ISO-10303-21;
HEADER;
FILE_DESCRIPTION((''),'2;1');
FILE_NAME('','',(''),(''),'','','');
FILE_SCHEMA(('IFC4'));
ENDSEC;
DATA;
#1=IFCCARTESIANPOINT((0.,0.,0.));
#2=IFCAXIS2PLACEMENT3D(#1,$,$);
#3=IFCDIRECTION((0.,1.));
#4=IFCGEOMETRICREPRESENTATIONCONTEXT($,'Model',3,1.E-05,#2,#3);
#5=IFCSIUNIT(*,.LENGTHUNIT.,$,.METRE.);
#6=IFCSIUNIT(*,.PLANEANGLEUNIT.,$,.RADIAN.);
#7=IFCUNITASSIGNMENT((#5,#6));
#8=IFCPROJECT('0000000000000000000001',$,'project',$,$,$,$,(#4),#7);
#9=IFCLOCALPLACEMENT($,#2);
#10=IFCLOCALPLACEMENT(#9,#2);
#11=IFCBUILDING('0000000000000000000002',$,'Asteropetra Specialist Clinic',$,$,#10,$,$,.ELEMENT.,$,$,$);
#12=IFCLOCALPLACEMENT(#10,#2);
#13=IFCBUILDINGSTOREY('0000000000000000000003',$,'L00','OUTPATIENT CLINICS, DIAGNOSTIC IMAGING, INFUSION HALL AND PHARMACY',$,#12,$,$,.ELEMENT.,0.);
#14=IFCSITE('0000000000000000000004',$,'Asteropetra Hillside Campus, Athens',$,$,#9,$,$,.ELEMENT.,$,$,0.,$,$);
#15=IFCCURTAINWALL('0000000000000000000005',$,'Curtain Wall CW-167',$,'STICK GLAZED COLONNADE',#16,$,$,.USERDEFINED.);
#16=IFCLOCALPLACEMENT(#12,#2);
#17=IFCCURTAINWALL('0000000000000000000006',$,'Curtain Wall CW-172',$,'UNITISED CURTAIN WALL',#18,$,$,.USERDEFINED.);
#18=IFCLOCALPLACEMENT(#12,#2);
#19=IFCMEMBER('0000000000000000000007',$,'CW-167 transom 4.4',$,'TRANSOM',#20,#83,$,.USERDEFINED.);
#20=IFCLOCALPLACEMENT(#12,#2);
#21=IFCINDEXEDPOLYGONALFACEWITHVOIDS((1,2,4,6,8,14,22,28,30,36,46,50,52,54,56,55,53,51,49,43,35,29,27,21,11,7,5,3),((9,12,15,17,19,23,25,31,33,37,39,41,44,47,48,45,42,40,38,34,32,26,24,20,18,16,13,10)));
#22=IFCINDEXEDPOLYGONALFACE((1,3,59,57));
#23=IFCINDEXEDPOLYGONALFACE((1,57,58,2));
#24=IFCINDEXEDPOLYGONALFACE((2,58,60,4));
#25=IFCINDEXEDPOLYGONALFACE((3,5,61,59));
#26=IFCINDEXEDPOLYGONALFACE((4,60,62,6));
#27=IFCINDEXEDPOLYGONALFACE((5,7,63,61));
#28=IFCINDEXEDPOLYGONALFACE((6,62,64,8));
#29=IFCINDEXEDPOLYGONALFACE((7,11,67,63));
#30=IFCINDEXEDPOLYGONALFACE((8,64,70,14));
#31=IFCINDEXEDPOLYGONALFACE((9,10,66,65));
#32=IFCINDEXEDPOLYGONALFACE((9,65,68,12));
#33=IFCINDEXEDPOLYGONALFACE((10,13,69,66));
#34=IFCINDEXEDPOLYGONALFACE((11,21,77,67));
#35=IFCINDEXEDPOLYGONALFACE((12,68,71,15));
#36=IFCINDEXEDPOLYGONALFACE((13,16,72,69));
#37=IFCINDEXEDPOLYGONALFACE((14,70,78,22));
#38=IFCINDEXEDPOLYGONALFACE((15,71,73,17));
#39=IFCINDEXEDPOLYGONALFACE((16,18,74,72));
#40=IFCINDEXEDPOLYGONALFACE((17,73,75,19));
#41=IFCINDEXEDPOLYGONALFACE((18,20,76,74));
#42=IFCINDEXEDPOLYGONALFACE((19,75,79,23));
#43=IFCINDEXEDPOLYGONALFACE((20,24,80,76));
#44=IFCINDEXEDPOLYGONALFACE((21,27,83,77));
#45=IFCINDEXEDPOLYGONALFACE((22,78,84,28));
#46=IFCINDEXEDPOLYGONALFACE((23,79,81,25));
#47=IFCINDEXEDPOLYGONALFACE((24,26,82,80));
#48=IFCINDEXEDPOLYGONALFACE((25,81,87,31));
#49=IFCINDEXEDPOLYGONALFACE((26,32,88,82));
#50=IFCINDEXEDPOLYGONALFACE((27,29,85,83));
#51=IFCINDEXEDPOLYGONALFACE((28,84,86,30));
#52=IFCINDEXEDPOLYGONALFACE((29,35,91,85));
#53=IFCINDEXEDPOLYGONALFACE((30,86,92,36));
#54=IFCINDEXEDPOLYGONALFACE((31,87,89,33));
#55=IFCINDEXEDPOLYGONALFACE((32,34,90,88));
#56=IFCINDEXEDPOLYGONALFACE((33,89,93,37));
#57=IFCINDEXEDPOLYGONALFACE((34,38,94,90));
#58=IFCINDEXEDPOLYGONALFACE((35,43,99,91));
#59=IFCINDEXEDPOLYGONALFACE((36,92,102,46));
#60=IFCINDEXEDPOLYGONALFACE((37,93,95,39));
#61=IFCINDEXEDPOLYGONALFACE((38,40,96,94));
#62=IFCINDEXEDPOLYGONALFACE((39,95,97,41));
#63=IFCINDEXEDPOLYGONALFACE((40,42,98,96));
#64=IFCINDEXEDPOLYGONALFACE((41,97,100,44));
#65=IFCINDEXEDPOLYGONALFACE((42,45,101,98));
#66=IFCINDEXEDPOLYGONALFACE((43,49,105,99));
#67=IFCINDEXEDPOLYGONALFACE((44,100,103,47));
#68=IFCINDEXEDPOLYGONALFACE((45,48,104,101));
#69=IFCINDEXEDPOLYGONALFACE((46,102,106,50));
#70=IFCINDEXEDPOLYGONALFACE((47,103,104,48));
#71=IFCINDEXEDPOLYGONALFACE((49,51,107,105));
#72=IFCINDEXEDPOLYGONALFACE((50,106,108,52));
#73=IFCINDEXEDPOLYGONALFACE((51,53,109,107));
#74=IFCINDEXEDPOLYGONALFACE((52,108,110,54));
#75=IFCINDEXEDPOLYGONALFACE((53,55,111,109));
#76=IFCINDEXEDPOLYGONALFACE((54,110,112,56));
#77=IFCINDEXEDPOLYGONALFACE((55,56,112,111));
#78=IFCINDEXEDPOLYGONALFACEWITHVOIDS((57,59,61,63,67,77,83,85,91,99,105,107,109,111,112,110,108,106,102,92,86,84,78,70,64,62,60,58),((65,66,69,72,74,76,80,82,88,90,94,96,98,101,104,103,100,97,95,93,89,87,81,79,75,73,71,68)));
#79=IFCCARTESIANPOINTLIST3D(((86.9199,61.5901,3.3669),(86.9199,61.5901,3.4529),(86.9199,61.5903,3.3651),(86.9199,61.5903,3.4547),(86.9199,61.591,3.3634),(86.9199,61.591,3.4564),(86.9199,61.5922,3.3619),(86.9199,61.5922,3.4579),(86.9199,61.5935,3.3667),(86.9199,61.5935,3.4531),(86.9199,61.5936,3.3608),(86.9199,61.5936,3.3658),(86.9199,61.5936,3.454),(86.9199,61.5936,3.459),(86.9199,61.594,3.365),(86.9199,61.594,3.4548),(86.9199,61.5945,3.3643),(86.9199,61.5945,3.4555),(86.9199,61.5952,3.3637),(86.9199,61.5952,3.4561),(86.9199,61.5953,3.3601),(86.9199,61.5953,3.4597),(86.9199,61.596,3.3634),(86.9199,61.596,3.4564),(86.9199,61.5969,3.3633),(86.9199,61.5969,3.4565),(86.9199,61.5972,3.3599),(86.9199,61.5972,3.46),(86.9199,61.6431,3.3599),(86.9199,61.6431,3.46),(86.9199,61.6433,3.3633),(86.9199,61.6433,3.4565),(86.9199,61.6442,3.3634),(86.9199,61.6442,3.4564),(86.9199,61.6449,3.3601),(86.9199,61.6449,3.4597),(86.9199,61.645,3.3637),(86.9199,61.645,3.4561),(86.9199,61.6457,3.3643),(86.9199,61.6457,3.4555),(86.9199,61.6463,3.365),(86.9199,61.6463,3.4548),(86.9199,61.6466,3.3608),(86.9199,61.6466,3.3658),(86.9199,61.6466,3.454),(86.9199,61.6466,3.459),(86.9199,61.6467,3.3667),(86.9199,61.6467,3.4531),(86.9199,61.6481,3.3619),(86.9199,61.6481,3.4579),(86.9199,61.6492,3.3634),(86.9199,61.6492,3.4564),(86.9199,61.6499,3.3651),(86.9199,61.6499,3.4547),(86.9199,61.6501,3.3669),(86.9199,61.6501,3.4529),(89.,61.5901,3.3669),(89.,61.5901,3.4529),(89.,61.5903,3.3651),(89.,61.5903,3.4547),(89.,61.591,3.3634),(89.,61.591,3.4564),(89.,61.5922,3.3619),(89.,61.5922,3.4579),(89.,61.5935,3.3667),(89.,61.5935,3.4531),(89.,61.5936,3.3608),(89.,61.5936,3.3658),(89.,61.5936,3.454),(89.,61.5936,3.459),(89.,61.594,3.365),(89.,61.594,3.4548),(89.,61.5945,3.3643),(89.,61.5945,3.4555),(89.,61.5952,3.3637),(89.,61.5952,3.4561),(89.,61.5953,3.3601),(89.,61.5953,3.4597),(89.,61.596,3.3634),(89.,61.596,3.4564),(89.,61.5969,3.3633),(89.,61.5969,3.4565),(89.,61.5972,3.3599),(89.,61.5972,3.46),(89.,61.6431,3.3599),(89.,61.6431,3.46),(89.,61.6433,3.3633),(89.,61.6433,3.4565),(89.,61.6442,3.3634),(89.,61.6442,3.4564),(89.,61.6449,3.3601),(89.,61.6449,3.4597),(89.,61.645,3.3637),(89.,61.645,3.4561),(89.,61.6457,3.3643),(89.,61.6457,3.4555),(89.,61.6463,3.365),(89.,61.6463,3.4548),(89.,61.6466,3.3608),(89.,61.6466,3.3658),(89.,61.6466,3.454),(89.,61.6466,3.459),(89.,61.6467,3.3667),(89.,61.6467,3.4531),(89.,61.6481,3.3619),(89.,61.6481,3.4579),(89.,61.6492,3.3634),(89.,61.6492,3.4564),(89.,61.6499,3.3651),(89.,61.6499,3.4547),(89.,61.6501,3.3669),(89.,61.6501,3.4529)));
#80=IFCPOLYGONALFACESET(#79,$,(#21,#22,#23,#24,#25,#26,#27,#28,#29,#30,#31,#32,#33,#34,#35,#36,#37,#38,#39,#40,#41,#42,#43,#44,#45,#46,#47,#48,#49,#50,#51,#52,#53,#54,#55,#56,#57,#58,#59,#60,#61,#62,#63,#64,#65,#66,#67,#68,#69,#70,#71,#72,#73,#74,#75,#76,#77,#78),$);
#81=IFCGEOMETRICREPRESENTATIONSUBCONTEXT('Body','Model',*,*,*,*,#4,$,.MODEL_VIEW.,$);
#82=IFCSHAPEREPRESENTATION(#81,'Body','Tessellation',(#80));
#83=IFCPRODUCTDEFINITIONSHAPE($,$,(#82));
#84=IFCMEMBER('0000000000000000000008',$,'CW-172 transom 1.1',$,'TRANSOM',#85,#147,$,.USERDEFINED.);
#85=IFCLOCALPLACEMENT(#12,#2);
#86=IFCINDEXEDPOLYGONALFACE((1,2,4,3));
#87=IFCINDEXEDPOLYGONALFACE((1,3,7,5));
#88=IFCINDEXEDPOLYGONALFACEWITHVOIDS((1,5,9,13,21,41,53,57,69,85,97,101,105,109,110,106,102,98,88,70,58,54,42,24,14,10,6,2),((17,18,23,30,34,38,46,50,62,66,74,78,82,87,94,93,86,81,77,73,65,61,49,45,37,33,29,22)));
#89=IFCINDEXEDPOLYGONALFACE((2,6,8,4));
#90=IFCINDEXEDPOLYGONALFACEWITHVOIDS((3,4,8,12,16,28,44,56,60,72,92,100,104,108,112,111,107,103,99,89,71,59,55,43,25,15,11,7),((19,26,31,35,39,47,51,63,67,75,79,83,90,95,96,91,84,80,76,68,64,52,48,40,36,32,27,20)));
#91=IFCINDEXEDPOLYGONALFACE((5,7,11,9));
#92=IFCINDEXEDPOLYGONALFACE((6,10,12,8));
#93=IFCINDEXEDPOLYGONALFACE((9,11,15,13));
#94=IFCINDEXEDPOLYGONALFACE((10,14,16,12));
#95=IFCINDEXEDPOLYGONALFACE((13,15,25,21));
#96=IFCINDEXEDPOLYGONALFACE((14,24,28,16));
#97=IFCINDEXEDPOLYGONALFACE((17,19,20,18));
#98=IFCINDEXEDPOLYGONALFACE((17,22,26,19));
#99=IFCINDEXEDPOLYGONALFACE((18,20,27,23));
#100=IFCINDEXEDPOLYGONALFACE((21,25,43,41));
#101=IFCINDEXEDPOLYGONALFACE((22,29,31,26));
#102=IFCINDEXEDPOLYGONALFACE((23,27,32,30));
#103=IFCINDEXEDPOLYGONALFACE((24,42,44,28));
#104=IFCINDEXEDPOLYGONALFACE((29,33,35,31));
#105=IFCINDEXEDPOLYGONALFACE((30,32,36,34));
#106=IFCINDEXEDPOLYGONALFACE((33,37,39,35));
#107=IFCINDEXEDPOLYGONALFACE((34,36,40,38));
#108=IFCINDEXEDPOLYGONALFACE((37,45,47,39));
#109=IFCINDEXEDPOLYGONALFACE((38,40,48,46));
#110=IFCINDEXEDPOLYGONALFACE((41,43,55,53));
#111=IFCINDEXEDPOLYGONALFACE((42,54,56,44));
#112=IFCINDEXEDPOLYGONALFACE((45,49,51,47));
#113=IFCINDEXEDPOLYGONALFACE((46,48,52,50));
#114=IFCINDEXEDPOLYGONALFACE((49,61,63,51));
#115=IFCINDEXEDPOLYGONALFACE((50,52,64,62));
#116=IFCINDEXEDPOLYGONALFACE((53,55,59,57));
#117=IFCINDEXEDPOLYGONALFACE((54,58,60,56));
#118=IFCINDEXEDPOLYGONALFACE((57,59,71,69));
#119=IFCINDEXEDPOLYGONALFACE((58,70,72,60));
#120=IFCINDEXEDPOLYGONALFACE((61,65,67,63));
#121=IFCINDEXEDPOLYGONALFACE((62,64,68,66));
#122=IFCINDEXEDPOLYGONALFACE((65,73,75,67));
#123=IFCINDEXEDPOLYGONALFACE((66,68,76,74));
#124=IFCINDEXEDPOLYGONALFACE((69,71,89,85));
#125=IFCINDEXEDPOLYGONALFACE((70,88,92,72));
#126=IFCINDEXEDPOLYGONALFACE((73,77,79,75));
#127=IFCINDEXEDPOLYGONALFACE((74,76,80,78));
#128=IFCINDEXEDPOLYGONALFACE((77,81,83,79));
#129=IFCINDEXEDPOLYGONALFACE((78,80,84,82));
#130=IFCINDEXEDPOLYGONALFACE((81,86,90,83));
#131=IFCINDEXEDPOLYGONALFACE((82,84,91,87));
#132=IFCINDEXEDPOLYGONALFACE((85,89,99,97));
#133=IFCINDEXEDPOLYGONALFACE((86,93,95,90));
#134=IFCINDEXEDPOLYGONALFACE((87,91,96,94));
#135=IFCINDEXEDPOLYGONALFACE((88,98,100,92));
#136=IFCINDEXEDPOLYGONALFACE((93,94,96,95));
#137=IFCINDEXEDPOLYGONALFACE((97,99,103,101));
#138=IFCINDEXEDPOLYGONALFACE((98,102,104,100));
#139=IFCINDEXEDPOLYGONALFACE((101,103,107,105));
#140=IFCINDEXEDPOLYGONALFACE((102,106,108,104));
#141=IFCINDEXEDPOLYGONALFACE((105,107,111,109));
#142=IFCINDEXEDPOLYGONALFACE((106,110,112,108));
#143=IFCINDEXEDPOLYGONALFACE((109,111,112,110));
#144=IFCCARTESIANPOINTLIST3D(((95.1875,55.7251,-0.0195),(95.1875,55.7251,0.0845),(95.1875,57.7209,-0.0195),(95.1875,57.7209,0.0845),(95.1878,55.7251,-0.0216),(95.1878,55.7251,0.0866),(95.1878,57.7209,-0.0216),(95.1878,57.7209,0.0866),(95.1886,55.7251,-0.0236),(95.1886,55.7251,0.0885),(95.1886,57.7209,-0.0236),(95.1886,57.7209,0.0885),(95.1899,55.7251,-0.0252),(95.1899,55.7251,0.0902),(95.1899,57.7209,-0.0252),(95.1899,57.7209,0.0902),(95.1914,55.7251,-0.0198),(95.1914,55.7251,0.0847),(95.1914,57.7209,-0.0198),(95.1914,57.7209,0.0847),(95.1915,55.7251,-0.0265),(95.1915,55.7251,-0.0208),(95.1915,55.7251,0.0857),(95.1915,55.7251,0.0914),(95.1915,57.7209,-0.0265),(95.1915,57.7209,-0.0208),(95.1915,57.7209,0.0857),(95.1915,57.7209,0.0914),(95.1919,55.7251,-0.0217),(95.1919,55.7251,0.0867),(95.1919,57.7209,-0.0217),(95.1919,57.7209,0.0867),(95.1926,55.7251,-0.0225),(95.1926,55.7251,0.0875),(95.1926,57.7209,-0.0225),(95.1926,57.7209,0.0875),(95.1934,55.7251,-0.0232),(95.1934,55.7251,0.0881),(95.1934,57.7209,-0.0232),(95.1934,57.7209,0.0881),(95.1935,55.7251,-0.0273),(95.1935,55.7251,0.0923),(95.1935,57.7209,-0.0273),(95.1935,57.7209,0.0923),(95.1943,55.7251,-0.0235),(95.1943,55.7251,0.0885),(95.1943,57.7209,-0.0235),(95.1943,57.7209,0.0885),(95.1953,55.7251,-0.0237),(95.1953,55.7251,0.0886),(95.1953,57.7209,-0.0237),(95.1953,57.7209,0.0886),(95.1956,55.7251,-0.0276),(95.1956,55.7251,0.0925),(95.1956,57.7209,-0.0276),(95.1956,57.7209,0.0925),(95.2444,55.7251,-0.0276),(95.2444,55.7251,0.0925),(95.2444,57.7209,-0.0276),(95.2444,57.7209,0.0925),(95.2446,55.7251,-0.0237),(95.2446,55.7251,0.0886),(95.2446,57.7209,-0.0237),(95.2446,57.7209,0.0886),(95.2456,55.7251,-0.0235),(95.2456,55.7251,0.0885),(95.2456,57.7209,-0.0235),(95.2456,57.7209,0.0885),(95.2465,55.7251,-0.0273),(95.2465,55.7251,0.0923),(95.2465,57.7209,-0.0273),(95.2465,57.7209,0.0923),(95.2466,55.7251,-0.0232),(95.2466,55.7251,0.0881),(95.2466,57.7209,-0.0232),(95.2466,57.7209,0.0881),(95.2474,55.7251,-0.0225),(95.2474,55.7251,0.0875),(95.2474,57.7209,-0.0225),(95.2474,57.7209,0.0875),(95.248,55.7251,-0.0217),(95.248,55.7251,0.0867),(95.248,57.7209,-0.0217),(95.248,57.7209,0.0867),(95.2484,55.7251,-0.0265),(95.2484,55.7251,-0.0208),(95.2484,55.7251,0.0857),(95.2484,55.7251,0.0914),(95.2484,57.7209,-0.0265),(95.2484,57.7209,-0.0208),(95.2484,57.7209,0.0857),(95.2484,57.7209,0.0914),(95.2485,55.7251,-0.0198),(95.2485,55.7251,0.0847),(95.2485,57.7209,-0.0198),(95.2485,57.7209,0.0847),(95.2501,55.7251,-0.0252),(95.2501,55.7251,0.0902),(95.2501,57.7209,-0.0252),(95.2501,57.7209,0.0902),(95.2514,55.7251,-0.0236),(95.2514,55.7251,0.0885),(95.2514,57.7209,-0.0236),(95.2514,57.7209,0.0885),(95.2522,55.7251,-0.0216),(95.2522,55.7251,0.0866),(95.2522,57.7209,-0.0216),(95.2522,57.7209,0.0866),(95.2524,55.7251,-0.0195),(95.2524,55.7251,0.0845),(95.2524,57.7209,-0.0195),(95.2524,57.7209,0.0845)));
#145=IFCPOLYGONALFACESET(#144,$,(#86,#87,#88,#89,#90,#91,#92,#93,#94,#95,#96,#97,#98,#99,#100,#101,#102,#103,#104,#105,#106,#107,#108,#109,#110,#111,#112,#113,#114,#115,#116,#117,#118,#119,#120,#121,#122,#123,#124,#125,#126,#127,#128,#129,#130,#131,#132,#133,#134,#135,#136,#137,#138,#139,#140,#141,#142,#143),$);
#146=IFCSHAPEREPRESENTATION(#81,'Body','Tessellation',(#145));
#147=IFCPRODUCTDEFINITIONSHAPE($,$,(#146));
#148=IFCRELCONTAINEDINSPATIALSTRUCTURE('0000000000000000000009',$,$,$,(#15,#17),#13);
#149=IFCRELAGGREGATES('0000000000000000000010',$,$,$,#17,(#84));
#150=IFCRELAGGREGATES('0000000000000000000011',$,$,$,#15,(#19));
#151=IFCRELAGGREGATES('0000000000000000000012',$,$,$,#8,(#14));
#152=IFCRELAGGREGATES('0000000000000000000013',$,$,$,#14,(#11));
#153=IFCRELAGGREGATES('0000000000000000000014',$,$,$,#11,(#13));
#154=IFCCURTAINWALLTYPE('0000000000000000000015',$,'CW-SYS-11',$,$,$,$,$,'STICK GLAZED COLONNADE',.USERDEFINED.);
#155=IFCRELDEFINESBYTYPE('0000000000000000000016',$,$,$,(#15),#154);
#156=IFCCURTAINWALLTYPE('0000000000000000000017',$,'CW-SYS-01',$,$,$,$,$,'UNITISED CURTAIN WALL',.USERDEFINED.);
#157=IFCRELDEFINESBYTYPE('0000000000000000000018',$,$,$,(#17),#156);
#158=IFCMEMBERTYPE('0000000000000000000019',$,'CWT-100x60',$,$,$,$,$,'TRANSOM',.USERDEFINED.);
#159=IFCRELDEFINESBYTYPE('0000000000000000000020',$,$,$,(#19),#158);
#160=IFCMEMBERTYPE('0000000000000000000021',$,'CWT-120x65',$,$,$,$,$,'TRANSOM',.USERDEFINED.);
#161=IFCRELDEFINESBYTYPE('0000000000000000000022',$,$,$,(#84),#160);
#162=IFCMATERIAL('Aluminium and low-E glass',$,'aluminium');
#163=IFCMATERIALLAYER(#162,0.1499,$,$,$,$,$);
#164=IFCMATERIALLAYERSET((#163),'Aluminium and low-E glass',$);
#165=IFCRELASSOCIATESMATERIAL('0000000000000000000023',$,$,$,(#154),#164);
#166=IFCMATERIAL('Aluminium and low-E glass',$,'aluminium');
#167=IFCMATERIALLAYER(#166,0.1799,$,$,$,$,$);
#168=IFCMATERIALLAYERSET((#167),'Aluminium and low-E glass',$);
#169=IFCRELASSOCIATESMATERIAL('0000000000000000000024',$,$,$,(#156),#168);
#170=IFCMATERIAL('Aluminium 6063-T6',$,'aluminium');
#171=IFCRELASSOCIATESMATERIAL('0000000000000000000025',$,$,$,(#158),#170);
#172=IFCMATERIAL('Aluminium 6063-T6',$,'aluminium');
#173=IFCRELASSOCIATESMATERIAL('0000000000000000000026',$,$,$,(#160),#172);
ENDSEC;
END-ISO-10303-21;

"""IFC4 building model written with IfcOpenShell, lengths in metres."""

from ifc_helpers import new_model, si_unit, direction, frame, origin, origin_2d, place, context, subcontext, project, spatial, hollow_rectangle, extrude, material, layer, layer_set, material_profile, profile_set, type_object, element, aggregate, save


model = new_model("IFC4")

# Units and contexts
model_context = context("Model", 3, precision=1e-05, world=origin(), true_north=direction((0.0, 1.0)))
body_context = subcontext(model_context, "Body", "Model", "MODEL_VIEW")
ifc_project = project(units=[si_unit("LENGTHUNIT", "METRE"), si_unit("PLANEANGLEUNIT", "RADIAN")], contexts=[model_context])

# Site, building, storey
site_placement = place(None, origin())
site = spatial("IfcSite", under=ifc_project, at=site_placement, Name="Asteropetra Hillside Campus, Athens", CompositionType="ELEMENT", RefElevation=0.0)
building_placement = place(site_placement, origin())
building = spatial("IfcBuilding", under=site, at=building_placement, Name="Asteropetra Specialist Clinic", CompositionType="ELEMENT")
storey_placement = place(building_placement, origin())
storey = spatial("IfcBuildingStorey", under=building, at=storey_placement, Name="L00", Description="OUTPATIENT CLINICS, DIAGNOSTIC IMAGING, INFUSION HALL AND PHARMACY", CompositionType="ELEMENT", Elevation=0.0)

# Curtain wall
ifc_material_1 = material(Name="Aluminium and low-E glass", Category="aluminium")
ifc_layer_1 = layer(ifc_material_1, 0.1499)
ifc_layer_set_1 = layer_set([ifc_layer_1], Name="Aluminium and low-E glass")
curtain_wall_type_1 = type_object("IfcCurtainWallType", Name="CW-SYS-11", ElementType="STICK GLAZED COLONNADE", PredefinedType="USERDEFINED", material=ifc_layer_set_1)
curtain_wall_1_placement = place(storey_placement, origin())
curtain_wall_1 = element("IfcCurtainWall", 1, at=curtain_wall_1_placement, inside=storey, type_object=curtain_wall_type_1, Name="Curtain Wall CW-167", ObjectType="STICK GLAZED COLONNADE", PredefinedType="USERDEFINED")

# Curtain wall
ifc_material_2 = material(Name="Aluminium and low-E glass", Category="aluminium")
ifc_layer_2 = layer(ifc_material_2, 0.1799)
ifc_layer_set_2 = layer_set([ifc_layer_2], Name="Aluminium and low-E glass")
curtain_wall_type_2 = type_object("IfcCurtainWallType", Name="CW-SYS-01", ElementType="UNITISED CURTAIN WALL", PredefinedType="USERDEFINED", material=ifc_layer_set_2)
curtain_wall_2_placement = place(storey_placement, origin())
curtain_wall_2 = element("IfcCurtainWall", 2, at=curtain_wall_2_placement, inside=storey, type_object=curtain_wall_type_2, Name="Curtain Wall CW-172", ObjectType="UNITISED CURTAIN WALL", PredefinedType="USERDEFINED")

# Members
ifc_material_3 = material(Name="Aluminium 6063-T6", Category="aluminium")
ifc_material_profile_1 = material_profile(ifc_material_3, hollow_rectangle(XDim=0.0601, YDim=0.1001, WallThickness=0.0034, InnerFilletRadius=0.0034, OuterFilletRadius=0.0071, at=origin_2d()), Name="TRN 100x60x3.5")
ifc_profile_set_1 = profile_set([ifc_material_profile_1], Name="Aluminium 6063-T6")
member_type_1 = type_object("IfcMemberType", Name="CWT-100x60", ElementType="TRANSOM", PredefinedType="USERDEFINED", material=ifc_profile_set_1)
member_1_placement = place(storey_placement, frame((89.0, 61.6201, 3.4099), z_axis=(-1.0, 0.0, 0.0), x_axis=(0.0, -1.0, 0.0)))
member_1 = element("IfcMember", 3, at=member_1_placement, type_object=member_type_1, Name="CW-167 transom 4.4", ObjectType="TRANSOM", PredefinedType="USERDEFINED", context=body_context, shape_type="SweptSolid", body=[
    extrude(hollow_rectangle(XDim=0.0601, YDim=0.1001, WallThickness=0.0034, InnerFilletRadius=0.0034, OuterFilletRadius=0.0071, at=origin_2d()), origin(), (0.0, 0.0, 1.0), 2.0801),
])
ifc_material_4 = material(Name="Aluminium 6063-T6", Category="aluminium")
ifc_material_profile_2 = material_profile(ifc_material_4, hollow_rectangle(XDim=0.0649, YDim=0.1201, WallThickness=0.0039, InnerFilletRadius=0.0039, OuterFilletRadius=0.0081, at=origin_2d()), Name="TRN 120x65x4.0")
ifc_profile_set_2 = profile_set([ifc_material_profile_2], Name="Aluminium 6063-T6")
member_type_2 = type_object("IfcMemberType", Name="CWT-120x65", ElementType="TRANSOM", PredefinedType="USERDEFINED", material=ifc_profile_set_2)
member_2_placement = place(storey_placement, frame((95.22, 55.7251, 0.0325), z_axis=(0.0, 1.0, 0.0), x_axis=(-1.0, 0.0, 0.0)))
member_2 = element("IfcMember", 4, at=member_2_placement, type_object=member_type_2, Name="CW-172 transom 1.1", ObjectType="TRANSOM", PredefinedType="USERDEFINED", context=body_context, shape_type="SweptSolid", body=[
    extrude(hollow_rectangle(XDim=0.0649, YDim=0.1201, WallThickness=0.0039, InnerFilletRadius=0.0039, OuterFilletRadius=0.0081, at=origin_2d()), origin(), (0.0, 0.0, 1.0), 1.9958),
])

aggregate(curtain_wall_2, [member_2])
aggregate(curtain_wall_1, [member_1])

save(model, "model.ifc")
